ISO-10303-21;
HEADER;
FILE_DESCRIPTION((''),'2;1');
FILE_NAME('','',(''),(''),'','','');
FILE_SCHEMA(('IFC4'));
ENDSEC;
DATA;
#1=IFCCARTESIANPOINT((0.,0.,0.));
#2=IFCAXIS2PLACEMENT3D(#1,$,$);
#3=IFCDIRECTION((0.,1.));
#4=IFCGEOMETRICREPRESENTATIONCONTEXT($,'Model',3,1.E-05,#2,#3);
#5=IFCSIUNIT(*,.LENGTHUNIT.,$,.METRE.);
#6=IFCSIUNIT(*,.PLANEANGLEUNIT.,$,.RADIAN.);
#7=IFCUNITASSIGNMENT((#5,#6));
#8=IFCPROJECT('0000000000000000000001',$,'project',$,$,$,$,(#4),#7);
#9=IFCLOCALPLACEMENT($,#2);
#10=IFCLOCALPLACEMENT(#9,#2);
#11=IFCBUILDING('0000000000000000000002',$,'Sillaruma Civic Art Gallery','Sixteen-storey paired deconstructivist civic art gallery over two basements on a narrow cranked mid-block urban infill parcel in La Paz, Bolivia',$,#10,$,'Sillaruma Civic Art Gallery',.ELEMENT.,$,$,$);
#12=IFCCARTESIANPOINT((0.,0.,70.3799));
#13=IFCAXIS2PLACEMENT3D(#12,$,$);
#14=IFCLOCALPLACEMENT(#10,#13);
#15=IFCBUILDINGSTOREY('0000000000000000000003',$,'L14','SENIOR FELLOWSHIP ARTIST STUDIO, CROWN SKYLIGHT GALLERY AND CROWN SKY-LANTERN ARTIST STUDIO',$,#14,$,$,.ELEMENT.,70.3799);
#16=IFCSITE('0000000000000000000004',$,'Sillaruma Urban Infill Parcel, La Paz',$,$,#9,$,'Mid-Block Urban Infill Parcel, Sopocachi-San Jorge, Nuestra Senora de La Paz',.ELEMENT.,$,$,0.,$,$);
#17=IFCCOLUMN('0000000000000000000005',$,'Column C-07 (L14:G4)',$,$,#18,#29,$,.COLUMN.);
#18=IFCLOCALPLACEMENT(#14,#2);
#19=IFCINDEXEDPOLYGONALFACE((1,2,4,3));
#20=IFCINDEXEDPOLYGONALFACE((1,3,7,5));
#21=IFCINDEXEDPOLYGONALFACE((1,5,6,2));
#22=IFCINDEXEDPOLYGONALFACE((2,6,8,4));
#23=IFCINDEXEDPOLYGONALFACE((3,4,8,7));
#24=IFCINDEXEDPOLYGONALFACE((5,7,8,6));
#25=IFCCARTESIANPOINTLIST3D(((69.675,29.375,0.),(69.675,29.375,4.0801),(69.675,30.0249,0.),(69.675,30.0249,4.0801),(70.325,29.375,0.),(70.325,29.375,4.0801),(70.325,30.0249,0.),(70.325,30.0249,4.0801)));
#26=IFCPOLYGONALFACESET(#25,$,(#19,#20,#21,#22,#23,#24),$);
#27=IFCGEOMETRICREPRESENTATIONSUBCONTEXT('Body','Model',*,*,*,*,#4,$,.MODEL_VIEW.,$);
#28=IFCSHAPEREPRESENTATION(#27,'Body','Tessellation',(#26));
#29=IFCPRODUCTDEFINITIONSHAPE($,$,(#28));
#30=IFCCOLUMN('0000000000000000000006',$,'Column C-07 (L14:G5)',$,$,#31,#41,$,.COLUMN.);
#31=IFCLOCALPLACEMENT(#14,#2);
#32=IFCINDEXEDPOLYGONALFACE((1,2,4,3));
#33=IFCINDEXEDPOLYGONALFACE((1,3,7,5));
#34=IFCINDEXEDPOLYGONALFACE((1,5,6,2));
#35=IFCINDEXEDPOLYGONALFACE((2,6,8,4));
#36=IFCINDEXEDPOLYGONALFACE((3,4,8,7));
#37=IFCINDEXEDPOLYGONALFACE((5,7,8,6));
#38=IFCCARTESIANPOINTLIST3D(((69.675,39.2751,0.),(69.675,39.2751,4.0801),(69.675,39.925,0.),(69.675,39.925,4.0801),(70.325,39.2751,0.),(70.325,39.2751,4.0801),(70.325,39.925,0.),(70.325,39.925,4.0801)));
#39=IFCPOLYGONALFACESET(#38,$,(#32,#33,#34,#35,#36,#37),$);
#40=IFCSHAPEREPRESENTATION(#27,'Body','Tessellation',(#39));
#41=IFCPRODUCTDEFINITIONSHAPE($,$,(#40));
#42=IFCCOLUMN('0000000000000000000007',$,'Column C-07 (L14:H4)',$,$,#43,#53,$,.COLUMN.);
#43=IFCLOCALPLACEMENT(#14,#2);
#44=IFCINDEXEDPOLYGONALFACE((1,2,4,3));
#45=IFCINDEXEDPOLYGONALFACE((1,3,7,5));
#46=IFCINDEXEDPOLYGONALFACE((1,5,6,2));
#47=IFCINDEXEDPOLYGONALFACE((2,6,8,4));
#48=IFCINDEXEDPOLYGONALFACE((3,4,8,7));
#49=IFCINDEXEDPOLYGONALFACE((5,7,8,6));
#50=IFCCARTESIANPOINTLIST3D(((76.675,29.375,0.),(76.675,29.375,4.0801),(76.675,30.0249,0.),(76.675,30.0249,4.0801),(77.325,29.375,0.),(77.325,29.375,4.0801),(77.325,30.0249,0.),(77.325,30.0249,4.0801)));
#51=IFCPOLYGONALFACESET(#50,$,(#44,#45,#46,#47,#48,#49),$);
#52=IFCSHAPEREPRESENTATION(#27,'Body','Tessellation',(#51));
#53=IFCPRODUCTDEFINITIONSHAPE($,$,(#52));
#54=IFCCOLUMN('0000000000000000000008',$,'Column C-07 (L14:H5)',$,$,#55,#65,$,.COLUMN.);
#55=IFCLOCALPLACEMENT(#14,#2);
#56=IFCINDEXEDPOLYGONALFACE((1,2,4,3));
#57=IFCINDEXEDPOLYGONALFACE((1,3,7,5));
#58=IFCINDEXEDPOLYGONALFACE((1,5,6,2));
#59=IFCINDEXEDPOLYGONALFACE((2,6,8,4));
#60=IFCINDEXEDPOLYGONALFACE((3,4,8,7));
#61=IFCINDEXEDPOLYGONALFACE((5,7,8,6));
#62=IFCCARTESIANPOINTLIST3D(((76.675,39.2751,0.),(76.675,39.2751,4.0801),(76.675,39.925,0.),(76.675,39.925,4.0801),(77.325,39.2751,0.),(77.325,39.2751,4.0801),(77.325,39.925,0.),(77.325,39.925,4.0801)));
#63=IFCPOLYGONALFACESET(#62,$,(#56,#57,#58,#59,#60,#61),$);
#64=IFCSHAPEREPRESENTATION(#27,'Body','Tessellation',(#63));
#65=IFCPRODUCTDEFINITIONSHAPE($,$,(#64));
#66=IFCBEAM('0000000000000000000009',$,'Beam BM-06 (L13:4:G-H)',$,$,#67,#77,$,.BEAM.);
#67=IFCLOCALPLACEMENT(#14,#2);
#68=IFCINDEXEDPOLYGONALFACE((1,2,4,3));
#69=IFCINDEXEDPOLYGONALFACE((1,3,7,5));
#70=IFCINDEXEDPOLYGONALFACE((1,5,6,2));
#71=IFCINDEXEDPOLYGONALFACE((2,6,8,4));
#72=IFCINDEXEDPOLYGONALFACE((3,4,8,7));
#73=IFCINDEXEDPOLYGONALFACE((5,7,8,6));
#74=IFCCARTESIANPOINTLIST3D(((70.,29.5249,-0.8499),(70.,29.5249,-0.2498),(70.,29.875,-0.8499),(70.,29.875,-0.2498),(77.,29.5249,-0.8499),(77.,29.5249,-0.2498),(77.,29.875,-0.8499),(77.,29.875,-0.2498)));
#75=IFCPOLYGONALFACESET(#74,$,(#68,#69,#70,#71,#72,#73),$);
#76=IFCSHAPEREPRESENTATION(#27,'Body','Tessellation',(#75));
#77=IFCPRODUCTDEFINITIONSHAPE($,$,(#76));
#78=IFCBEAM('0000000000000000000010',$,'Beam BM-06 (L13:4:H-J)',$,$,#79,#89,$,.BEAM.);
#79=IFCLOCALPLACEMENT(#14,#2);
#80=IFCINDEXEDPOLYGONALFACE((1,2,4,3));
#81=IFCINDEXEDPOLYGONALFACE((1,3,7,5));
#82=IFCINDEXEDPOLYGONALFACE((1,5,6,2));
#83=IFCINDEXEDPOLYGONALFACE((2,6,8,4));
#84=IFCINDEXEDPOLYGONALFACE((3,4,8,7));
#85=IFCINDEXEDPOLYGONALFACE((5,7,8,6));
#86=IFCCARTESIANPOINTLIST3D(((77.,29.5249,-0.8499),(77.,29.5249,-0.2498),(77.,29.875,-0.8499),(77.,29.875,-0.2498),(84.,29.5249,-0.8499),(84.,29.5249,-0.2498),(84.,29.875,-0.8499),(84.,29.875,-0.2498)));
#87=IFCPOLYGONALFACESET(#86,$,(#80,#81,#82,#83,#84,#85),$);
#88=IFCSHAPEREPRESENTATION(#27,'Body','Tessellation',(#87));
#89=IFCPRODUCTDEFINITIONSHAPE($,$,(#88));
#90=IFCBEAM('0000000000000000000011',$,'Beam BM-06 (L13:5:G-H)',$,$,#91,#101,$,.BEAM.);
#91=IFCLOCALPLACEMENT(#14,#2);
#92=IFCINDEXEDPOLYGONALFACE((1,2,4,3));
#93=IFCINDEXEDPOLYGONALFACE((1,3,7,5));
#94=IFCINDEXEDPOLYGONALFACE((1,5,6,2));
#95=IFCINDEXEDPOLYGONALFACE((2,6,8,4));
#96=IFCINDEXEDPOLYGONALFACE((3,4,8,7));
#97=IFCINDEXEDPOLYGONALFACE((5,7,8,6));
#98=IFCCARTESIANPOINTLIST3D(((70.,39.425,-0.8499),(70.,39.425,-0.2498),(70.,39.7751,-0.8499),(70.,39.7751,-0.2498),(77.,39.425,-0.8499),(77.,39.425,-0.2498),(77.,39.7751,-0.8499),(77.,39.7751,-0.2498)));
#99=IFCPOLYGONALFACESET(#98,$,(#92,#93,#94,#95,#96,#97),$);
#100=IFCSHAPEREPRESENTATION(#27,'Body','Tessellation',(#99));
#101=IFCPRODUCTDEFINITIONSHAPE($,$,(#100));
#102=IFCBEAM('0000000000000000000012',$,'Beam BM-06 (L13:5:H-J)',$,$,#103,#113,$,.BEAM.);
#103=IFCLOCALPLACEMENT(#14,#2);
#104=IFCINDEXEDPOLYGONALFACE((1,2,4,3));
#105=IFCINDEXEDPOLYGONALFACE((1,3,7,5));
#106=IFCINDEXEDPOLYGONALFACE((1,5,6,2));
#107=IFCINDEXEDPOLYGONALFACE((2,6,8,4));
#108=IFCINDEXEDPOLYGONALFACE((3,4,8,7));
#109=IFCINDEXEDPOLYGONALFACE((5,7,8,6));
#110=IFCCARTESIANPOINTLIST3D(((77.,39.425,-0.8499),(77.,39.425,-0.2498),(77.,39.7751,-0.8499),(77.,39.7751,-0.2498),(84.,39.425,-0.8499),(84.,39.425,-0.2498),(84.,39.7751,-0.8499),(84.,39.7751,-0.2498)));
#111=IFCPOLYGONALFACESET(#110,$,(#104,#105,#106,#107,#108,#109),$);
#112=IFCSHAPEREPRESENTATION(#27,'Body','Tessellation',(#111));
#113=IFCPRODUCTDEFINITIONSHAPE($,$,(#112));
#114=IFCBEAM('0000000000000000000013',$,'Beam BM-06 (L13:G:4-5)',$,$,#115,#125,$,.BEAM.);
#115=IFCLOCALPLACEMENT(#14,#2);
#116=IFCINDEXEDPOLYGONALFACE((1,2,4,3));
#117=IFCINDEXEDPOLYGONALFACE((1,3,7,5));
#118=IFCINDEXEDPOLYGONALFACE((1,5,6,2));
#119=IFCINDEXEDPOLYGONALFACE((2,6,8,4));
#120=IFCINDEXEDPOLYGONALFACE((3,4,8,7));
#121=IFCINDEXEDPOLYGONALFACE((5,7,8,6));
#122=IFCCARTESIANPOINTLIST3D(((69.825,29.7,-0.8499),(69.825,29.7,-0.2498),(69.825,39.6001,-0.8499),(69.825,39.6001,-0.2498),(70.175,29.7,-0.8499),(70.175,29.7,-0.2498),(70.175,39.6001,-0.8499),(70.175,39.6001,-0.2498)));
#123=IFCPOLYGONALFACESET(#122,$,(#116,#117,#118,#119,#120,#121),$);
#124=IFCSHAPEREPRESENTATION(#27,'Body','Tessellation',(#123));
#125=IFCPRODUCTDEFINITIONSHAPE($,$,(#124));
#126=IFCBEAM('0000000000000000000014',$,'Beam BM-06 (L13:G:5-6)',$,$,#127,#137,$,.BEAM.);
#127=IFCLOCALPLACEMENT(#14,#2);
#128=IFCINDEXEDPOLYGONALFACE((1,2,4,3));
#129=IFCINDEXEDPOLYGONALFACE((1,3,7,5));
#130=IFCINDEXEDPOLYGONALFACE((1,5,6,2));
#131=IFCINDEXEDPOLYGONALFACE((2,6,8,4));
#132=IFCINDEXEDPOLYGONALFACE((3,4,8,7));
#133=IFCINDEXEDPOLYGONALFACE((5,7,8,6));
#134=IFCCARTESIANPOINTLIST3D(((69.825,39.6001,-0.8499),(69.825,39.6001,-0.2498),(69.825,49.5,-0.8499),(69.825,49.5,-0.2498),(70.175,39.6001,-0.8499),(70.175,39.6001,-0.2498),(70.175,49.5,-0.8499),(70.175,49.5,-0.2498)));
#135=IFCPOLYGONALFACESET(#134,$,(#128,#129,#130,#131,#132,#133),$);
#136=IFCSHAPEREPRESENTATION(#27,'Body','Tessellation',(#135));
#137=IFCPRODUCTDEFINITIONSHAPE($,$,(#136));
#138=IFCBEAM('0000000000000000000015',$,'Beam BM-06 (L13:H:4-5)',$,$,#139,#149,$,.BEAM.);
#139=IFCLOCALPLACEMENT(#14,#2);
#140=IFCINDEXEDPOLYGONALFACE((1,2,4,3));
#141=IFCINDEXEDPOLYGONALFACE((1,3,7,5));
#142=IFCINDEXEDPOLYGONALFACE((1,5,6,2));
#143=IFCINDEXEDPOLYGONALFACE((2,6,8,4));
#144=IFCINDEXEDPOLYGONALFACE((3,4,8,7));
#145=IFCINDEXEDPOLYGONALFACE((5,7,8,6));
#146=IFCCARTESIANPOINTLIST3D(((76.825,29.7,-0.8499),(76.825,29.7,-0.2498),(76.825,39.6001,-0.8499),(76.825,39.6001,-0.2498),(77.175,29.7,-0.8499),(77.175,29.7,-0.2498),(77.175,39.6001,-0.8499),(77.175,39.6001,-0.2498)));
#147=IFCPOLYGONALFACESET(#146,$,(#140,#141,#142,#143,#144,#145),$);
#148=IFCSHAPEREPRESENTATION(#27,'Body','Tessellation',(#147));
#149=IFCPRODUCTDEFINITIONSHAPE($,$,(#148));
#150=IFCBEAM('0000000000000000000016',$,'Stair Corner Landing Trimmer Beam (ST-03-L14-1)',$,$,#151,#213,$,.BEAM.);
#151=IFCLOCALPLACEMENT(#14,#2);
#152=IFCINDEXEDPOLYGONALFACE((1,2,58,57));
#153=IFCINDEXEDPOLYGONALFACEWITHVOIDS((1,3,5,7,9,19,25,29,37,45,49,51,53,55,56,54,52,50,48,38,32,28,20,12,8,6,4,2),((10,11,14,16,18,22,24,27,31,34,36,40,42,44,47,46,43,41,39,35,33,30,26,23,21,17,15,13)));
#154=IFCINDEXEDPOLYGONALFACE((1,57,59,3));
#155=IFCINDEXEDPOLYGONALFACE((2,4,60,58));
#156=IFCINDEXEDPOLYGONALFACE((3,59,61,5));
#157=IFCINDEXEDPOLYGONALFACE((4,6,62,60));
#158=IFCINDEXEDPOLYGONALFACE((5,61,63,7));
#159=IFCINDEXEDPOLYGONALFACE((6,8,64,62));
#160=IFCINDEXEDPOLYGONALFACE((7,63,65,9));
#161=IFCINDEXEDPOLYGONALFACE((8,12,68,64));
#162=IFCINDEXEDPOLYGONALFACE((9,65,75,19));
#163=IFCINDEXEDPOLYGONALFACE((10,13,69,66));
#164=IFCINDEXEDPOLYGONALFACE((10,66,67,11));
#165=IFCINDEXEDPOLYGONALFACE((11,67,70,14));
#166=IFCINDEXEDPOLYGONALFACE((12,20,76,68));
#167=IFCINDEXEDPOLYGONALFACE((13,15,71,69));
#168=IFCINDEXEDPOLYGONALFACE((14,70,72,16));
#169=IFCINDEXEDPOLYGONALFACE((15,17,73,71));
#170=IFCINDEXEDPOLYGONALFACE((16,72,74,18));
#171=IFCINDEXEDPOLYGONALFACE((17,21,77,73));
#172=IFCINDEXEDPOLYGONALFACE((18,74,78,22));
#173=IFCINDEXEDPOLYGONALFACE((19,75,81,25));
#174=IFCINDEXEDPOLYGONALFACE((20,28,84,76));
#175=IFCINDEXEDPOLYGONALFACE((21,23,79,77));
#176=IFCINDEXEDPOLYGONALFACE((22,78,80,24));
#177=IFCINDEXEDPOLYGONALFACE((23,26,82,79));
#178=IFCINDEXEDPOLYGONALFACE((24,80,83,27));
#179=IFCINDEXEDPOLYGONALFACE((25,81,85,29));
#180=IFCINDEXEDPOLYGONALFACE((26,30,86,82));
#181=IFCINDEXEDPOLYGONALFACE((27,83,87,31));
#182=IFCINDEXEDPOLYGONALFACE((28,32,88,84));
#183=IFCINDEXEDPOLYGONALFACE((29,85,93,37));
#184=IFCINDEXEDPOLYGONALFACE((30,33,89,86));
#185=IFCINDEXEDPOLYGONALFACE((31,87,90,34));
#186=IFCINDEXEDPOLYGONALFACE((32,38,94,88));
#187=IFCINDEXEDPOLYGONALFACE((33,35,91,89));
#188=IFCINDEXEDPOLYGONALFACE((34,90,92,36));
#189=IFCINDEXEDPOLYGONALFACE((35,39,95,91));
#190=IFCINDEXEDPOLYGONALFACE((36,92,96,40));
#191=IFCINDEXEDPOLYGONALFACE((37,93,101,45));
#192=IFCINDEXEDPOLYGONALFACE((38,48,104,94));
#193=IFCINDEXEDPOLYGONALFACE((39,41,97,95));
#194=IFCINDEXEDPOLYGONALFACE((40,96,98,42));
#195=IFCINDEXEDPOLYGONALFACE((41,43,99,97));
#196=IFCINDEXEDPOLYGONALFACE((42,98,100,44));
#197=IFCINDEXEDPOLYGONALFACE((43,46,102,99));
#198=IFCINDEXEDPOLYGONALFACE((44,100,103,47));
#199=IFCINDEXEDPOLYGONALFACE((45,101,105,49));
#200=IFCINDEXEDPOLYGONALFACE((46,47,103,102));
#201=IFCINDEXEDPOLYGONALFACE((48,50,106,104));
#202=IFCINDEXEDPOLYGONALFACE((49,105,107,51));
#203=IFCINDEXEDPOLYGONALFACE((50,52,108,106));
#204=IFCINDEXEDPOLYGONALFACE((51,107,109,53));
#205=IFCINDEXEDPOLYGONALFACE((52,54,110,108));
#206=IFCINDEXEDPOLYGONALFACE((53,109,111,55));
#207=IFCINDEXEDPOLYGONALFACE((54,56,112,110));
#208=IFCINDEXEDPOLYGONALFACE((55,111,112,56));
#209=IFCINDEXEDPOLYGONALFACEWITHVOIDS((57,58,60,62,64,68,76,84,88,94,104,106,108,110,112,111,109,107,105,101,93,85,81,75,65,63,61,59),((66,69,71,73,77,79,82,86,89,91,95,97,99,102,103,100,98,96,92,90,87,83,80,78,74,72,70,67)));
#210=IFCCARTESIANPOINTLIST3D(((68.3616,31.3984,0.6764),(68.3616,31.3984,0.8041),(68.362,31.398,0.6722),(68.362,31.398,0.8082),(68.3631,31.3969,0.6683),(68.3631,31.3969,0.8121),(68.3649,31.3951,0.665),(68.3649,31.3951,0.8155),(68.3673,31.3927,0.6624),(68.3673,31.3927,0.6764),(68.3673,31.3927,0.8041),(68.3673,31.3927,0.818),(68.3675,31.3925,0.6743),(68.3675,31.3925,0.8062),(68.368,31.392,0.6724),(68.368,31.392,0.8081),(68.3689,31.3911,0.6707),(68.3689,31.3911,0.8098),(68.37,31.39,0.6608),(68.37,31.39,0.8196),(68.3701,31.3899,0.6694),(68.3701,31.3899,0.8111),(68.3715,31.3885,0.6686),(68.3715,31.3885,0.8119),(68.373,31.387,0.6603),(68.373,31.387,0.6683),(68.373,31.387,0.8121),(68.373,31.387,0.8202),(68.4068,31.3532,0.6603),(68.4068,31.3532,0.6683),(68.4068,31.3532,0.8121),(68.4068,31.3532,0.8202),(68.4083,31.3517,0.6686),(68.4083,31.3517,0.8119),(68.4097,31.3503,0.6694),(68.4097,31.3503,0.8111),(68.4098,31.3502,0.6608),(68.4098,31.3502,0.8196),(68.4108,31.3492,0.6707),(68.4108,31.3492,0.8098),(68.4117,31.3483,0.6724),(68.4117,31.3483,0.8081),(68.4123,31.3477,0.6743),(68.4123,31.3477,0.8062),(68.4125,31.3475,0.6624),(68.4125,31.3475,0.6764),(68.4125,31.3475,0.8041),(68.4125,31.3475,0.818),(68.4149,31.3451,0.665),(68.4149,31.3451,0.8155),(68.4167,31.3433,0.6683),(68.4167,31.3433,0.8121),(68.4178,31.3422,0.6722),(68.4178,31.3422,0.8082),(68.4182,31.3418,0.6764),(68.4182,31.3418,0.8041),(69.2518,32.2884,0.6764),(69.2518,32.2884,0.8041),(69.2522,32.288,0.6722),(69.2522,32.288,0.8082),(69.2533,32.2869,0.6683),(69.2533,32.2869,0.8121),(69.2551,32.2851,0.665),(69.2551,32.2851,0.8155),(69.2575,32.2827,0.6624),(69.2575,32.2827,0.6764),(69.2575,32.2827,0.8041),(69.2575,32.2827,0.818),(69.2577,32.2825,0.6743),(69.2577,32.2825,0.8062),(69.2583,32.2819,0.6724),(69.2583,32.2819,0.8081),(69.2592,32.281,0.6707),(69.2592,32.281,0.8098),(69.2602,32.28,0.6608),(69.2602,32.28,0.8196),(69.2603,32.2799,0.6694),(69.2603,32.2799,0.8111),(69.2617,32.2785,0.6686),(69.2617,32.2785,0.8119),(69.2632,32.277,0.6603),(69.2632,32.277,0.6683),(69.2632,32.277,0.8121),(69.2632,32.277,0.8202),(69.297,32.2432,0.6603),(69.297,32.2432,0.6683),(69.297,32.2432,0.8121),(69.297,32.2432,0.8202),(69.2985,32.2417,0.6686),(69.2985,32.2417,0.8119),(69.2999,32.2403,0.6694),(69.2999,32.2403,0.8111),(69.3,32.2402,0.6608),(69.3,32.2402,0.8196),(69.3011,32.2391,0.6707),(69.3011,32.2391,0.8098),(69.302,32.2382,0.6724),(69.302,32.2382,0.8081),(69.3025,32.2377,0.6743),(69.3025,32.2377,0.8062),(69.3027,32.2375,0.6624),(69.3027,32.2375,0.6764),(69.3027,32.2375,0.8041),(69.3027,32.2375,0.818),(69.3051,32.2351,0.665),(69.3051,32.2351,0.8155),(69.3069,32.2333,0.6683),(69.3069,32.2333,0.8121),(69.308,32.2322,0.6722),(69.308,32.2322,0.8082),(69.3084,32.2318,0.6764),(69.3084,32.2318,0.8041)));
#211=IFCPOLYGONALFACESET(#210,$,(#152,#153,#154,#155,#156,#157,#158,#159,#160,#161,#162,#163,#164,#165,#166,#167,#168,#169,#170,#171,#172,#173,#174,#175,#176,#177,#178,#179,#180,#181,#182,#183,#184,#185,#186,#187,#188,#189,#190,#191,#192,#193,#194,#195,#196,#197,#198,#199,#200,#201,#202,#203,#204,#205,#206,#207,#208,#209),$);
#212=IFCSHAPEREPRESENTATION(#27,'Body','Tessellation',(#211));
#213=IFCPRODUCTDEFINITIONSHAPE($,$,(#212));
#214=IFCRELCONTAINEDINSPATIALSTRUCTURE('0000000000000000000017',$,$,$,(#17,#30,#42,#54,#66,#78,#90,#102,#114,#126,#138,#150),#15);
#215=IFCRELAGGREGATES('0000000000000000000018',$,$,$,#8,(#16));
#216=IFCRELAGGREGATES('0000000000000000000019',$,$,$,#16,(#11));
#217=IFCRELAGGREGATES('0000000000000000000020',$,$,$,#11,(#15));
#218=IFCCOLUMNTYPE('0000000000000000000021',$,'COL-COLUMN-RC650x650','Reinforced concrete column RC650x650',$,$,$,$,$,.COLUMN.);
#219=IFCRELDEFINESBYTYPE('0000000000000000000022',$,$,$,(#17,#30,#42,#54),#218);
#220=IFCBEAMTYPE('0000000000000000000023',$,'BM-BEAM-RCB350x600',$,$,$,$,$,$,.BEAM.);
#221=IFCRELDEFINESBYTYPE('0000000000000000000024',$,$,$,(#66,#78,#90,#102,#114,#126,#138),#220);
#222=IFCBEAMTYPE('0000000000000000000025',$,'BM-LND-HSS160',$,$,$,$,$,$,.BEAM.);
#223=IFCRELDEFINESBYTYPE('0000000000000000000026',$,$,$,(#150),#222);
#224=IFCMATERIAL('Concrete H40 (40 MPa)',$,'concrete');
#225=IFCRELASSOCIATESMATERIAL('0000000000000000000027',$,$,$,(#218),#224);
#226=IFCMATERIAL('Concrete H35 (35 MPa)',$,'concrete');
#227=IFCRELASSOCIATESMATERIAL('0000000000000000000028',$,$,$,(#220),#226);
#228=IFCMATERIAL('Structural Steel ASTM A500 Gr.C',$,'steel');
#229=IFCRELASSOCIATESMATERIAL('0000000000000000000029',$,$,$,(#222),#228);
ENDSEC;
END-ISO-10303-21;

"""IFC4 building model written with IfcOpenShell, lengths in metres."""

from ifc_helpers import new_model, si_unit, direction, frame, origin, origin_2d, place, context, subcontext, project, spatial, rectangle, hollow_rectangle, extrude, material, material_profile, profile_set, type_object, element, save


model = new_model("IFC4")

# Units and contexts
model_context = context("Model", 3, precision=1e-05, world=origin(), true_north=direction((0.0, 1.0)))
body_context = subcontext(model_context, "Body", "Model", "MODEL_VIEW")
ifc_project = project(units=[si_unit("LENGTHUNIT", "METRE"), si_unit("PLANEANGLEUNIT", "RADIAN")], contexts=[model_context])

# Site, building, storey
site_placement = place(None, origin())
site = spatial("IfcSite", under=ifc_project, at=site_placement, Name="Sillaruma Urban Infill Parcel, La Paz", LongName="Mid-Block Urban Infill Parcel, Sopocachi-San Jorge, Nuestra Senora de La Paz", CompositionType="ELEMENT", RefElevation=0.0)
building_placement = place(site_placement, origin())
building = spatial("IfcBuilding", under=site, at=building_placement, Name="Sillaruma Civic Art Gallery", Description="Sixteen-storey paired deconstructivist civic art gallery over two basements on a narrow cranked mid-block urban infill parcel in La Paz, Bolivia", LongName="Sillaruma Civic Art Gallery", CompositionType="ELEMENT")
storey_placement = place(building_placement, frame((0.0, 0.0, 70.3799)))
storey = spatial("IfcBuildingStorey", under=building, at=storey_placement, Name="L14", Description="SENIOR FELLOWSHIP ARTIST STUDIO, CROWN SKYLIGHT GALLERY AND CROWN SKY-LANTERN ARTIST STUDIO", CompositionType="ELEMENT", Elevation=70.3799)

# Columns
ifc_material_1 = material(Name="Concrete H40 (40 MPa)", Category="concrete")
ifc_material_profile_1 = material_profile(ifc_material_1, rectangle(XDim=0.6499, YDim=0.6499, at=origin_2d()), Name="RC650x650")
ifc_profile_set_1 = profile_set([ifc_material_profile_1], Name="Concrete H40 (40 MPa)")
column_type = type_object("IfcColumnType", Name="COL-COLUMN-RC650x650", Description="Reinforced concrete column RC650x650", PredefinedType="COLUMN", material=ifc_profile_set_1)
for number, where, z_axis, x_axis, name in (
    (1, (70.0, 29.7, 0.0), (0.0, 0.0, 1.0), (1.0, 0.0, 0.0), "Column C-07 (L14:G4)"),
    (2, (70.0, 39.6001, 0.0), (0.0, 0.0, 1.0), (1.0, 0.0, 0.0), "Column C-07 (L14:G5)"),
    (3, (77.0, 29.7, 0.0), (0.0, 0.0, 1.0), (1.0, 0.0, 0.0), "Column C-07 (L14:H4)"),
    (4, (77.0, 39.6001, 0.0), (0.0, 0.0, 1.0), (1.0, 0.0, 0.0), "Column C-07 (L14:H5)"),
):
    element("IfcColumn", number, at=place(storey_placement, frame(where, z_axis=z_axis, x_axis=x_axis)), inside=storey, type_object=column_type, Name=name, PredefinedType="COLUMN", context=body_context, shape_type="SweptSolid", body=[
        extrude(rectangle(XDim=0.6499, YDim=0.6499, at=origin_2d()), origin(), (0.0, 0.0, 1.0), 4.0801),
    ])

# Beams
ifc_material_2 = material(Name="Concrete H35 (35 MPa)", Category="concrete")
ifc_material_profile_2 = material_profile(ifc_material_2, rectangle(XDim=0.3501, YDim=0.6001, at=origin_2d()), Name="RCB350x600")
ifc_profile_set_2 = profile_set([ifc_material_profile_2], Name="Concrete H35 (35 MPa)")
beam_type_1 = type_object("IfcBeamType", Name="BM-BEAM-RCB350x600", PredefinedType="BEAM", material=ifc_profile_set_2)
for number, where, z_axis, x_axis, name in (
    (5, (70.0, 29.7, -0.5498), (1.0, 0.0, 0.0), (0.0, 1.0, 0.0), "Beam BM-06 (L13:4:G-H)"),
    (6, (77.0, 29.7, -0.5498), (1.0, 0.0, 0.0), (0.0, 1.0, 0.0), "Beam BM-06 (L13:4:H-J)"),
    (7, (70.0, 39.6001, -0.5498), (1.0, 0.0, 0.0), (0.0, 1.0, 0.0), "Beam BM-06 (L13:5:G-H)"),
    (8, (77.0, 39.6001, -0.5498), (1.0, 0.0, 0.0), (0.0, 1.0, 0.0), "Beam BM-06 (L13:5:H-J)"),
):
    element("IfcBeam", number, at=place(storey_placement, frame(where, z_axis=z_axis, x_axis=x_axis)), inside=storey, type_object=beam_type_1, Name=name, PredefinedType="BEAM", context=body_context, shape_type="SweptSolid", body=[
        extrude(rectangle(XDim=0.3501, YDim=0.6001, at=origin_2d()), origin(), (0.0, 0.0, 1.0), 7.0),
    ])
beam_1_placement = place(storey_placement, frame((70.0, 29.7, -0.5498), z_axis=(0.0, 1.0, 0.0), x_axis=(-1.0, 0.0, 0.0)))
element("IfcBeam", 9, at=beam_1_placement, inside=storey, type_object=beam_type_1, Name="Beam BM-06 (L13:G:4-5)", PredefinedType="BEAM", context=body_context, shape_type="SweptSolid", body=[
    extrude(rectangle(XDim=0.3501, YDim=0.6001, at=origin_2d()), origin(), (0.0, 0.0, 1.0), 9.9001),
])
beam_2_placement = place(storey_placement, frame((70.0, 39.6001, -0.5498), z_axis=(0.0, 1.0, 0.0), x_axis=(-1.0, 0.0, 0.0)))
element("IfcBeam", 10, at=beam_2_placement, inside=storey, type_object=beam_type_1, Name="Beam BM-06 (L13:G:5-6)", PredefinedType="BEAM", context=body_context, shape_type="SweptSolid", body=[
    extrude(rectangle(XDim=0.3501, YDim=0.6001, at=origin_2d()), origin(), (0.0, 0.0, 1.0), 9.8999),
])
beam_3_placement = place(storey_placement, frame((77.0, 29.7, -0.5498), z_axis=(0.0, 1.0, 0.0), x_axis=(-1.0, 0.0, 0.0)))
element("IfcBeam", 11, at=beam_3_placement, inside=storey, type_object=beam_type_1, Name="Beam BM-06 (L13:H:4-5)", PredefinedType="BEAM", context=body_context, shape_type="SweptSolid", body=[
    extrude(rectangle(XDim=0.3501, YDim=0.6001, at=origin_2d()), origin(), (0.0, 0.0, 1.0), 9.9001),
])
ifc_material_3 = material(Name="Structural Steel ASTM A500 Gr.C", Category="steel")
ifc_material_profile_3 = material_profile(ifc_material_3, hollow_rectangle(XDim=0.0801, YDim=0.1599, WallThickness=0.0081, InnerFilletRadius=0.0081, OuterFilletRadius=0.0161, at=origin_2d()), Name="HSS160x80x8")
ifc_profile_set_3 = profile_set([ifc_material_profile_3], Name="Structural Steel ASTM A500 Gr.C")
beam_type_2 = type_object("IfcBeamType", Name="BM-LND-HSS160", PredefinedType="BEAM", material=ifc_profile_set_3)
for number, where, z_axis, x_axis, name in (
    (12, (68.3899, 31.3701, 0.7402), (0.707204, 0.70701, 0.0), (-0.70701, 0.707204, 0.0), "Stair Corner Landing Trimmer Beam (ST-03-L14-1)"),
):
    element("IfcBeam", number, at=place(storey_placement, frame(where, z_axis=z_axis, x_axis=x_axis)), inside=storey, type_object=beam_type_2, Name=name, PredefinedType="BEAM", context=body_context, shape_type="SweptSolid", body=[
        extrude(hollow_rectangle(XDim=0.0801, YDim=0.1599, WallThickness=0.0081, InnerFilletRadius=0.0081, OuterFilletRadius=0.0161, at=origin_2d()), origin(), (0.0, 0.0, 1.0), 1.2588),
    ])

save(model, "model.ifc")
